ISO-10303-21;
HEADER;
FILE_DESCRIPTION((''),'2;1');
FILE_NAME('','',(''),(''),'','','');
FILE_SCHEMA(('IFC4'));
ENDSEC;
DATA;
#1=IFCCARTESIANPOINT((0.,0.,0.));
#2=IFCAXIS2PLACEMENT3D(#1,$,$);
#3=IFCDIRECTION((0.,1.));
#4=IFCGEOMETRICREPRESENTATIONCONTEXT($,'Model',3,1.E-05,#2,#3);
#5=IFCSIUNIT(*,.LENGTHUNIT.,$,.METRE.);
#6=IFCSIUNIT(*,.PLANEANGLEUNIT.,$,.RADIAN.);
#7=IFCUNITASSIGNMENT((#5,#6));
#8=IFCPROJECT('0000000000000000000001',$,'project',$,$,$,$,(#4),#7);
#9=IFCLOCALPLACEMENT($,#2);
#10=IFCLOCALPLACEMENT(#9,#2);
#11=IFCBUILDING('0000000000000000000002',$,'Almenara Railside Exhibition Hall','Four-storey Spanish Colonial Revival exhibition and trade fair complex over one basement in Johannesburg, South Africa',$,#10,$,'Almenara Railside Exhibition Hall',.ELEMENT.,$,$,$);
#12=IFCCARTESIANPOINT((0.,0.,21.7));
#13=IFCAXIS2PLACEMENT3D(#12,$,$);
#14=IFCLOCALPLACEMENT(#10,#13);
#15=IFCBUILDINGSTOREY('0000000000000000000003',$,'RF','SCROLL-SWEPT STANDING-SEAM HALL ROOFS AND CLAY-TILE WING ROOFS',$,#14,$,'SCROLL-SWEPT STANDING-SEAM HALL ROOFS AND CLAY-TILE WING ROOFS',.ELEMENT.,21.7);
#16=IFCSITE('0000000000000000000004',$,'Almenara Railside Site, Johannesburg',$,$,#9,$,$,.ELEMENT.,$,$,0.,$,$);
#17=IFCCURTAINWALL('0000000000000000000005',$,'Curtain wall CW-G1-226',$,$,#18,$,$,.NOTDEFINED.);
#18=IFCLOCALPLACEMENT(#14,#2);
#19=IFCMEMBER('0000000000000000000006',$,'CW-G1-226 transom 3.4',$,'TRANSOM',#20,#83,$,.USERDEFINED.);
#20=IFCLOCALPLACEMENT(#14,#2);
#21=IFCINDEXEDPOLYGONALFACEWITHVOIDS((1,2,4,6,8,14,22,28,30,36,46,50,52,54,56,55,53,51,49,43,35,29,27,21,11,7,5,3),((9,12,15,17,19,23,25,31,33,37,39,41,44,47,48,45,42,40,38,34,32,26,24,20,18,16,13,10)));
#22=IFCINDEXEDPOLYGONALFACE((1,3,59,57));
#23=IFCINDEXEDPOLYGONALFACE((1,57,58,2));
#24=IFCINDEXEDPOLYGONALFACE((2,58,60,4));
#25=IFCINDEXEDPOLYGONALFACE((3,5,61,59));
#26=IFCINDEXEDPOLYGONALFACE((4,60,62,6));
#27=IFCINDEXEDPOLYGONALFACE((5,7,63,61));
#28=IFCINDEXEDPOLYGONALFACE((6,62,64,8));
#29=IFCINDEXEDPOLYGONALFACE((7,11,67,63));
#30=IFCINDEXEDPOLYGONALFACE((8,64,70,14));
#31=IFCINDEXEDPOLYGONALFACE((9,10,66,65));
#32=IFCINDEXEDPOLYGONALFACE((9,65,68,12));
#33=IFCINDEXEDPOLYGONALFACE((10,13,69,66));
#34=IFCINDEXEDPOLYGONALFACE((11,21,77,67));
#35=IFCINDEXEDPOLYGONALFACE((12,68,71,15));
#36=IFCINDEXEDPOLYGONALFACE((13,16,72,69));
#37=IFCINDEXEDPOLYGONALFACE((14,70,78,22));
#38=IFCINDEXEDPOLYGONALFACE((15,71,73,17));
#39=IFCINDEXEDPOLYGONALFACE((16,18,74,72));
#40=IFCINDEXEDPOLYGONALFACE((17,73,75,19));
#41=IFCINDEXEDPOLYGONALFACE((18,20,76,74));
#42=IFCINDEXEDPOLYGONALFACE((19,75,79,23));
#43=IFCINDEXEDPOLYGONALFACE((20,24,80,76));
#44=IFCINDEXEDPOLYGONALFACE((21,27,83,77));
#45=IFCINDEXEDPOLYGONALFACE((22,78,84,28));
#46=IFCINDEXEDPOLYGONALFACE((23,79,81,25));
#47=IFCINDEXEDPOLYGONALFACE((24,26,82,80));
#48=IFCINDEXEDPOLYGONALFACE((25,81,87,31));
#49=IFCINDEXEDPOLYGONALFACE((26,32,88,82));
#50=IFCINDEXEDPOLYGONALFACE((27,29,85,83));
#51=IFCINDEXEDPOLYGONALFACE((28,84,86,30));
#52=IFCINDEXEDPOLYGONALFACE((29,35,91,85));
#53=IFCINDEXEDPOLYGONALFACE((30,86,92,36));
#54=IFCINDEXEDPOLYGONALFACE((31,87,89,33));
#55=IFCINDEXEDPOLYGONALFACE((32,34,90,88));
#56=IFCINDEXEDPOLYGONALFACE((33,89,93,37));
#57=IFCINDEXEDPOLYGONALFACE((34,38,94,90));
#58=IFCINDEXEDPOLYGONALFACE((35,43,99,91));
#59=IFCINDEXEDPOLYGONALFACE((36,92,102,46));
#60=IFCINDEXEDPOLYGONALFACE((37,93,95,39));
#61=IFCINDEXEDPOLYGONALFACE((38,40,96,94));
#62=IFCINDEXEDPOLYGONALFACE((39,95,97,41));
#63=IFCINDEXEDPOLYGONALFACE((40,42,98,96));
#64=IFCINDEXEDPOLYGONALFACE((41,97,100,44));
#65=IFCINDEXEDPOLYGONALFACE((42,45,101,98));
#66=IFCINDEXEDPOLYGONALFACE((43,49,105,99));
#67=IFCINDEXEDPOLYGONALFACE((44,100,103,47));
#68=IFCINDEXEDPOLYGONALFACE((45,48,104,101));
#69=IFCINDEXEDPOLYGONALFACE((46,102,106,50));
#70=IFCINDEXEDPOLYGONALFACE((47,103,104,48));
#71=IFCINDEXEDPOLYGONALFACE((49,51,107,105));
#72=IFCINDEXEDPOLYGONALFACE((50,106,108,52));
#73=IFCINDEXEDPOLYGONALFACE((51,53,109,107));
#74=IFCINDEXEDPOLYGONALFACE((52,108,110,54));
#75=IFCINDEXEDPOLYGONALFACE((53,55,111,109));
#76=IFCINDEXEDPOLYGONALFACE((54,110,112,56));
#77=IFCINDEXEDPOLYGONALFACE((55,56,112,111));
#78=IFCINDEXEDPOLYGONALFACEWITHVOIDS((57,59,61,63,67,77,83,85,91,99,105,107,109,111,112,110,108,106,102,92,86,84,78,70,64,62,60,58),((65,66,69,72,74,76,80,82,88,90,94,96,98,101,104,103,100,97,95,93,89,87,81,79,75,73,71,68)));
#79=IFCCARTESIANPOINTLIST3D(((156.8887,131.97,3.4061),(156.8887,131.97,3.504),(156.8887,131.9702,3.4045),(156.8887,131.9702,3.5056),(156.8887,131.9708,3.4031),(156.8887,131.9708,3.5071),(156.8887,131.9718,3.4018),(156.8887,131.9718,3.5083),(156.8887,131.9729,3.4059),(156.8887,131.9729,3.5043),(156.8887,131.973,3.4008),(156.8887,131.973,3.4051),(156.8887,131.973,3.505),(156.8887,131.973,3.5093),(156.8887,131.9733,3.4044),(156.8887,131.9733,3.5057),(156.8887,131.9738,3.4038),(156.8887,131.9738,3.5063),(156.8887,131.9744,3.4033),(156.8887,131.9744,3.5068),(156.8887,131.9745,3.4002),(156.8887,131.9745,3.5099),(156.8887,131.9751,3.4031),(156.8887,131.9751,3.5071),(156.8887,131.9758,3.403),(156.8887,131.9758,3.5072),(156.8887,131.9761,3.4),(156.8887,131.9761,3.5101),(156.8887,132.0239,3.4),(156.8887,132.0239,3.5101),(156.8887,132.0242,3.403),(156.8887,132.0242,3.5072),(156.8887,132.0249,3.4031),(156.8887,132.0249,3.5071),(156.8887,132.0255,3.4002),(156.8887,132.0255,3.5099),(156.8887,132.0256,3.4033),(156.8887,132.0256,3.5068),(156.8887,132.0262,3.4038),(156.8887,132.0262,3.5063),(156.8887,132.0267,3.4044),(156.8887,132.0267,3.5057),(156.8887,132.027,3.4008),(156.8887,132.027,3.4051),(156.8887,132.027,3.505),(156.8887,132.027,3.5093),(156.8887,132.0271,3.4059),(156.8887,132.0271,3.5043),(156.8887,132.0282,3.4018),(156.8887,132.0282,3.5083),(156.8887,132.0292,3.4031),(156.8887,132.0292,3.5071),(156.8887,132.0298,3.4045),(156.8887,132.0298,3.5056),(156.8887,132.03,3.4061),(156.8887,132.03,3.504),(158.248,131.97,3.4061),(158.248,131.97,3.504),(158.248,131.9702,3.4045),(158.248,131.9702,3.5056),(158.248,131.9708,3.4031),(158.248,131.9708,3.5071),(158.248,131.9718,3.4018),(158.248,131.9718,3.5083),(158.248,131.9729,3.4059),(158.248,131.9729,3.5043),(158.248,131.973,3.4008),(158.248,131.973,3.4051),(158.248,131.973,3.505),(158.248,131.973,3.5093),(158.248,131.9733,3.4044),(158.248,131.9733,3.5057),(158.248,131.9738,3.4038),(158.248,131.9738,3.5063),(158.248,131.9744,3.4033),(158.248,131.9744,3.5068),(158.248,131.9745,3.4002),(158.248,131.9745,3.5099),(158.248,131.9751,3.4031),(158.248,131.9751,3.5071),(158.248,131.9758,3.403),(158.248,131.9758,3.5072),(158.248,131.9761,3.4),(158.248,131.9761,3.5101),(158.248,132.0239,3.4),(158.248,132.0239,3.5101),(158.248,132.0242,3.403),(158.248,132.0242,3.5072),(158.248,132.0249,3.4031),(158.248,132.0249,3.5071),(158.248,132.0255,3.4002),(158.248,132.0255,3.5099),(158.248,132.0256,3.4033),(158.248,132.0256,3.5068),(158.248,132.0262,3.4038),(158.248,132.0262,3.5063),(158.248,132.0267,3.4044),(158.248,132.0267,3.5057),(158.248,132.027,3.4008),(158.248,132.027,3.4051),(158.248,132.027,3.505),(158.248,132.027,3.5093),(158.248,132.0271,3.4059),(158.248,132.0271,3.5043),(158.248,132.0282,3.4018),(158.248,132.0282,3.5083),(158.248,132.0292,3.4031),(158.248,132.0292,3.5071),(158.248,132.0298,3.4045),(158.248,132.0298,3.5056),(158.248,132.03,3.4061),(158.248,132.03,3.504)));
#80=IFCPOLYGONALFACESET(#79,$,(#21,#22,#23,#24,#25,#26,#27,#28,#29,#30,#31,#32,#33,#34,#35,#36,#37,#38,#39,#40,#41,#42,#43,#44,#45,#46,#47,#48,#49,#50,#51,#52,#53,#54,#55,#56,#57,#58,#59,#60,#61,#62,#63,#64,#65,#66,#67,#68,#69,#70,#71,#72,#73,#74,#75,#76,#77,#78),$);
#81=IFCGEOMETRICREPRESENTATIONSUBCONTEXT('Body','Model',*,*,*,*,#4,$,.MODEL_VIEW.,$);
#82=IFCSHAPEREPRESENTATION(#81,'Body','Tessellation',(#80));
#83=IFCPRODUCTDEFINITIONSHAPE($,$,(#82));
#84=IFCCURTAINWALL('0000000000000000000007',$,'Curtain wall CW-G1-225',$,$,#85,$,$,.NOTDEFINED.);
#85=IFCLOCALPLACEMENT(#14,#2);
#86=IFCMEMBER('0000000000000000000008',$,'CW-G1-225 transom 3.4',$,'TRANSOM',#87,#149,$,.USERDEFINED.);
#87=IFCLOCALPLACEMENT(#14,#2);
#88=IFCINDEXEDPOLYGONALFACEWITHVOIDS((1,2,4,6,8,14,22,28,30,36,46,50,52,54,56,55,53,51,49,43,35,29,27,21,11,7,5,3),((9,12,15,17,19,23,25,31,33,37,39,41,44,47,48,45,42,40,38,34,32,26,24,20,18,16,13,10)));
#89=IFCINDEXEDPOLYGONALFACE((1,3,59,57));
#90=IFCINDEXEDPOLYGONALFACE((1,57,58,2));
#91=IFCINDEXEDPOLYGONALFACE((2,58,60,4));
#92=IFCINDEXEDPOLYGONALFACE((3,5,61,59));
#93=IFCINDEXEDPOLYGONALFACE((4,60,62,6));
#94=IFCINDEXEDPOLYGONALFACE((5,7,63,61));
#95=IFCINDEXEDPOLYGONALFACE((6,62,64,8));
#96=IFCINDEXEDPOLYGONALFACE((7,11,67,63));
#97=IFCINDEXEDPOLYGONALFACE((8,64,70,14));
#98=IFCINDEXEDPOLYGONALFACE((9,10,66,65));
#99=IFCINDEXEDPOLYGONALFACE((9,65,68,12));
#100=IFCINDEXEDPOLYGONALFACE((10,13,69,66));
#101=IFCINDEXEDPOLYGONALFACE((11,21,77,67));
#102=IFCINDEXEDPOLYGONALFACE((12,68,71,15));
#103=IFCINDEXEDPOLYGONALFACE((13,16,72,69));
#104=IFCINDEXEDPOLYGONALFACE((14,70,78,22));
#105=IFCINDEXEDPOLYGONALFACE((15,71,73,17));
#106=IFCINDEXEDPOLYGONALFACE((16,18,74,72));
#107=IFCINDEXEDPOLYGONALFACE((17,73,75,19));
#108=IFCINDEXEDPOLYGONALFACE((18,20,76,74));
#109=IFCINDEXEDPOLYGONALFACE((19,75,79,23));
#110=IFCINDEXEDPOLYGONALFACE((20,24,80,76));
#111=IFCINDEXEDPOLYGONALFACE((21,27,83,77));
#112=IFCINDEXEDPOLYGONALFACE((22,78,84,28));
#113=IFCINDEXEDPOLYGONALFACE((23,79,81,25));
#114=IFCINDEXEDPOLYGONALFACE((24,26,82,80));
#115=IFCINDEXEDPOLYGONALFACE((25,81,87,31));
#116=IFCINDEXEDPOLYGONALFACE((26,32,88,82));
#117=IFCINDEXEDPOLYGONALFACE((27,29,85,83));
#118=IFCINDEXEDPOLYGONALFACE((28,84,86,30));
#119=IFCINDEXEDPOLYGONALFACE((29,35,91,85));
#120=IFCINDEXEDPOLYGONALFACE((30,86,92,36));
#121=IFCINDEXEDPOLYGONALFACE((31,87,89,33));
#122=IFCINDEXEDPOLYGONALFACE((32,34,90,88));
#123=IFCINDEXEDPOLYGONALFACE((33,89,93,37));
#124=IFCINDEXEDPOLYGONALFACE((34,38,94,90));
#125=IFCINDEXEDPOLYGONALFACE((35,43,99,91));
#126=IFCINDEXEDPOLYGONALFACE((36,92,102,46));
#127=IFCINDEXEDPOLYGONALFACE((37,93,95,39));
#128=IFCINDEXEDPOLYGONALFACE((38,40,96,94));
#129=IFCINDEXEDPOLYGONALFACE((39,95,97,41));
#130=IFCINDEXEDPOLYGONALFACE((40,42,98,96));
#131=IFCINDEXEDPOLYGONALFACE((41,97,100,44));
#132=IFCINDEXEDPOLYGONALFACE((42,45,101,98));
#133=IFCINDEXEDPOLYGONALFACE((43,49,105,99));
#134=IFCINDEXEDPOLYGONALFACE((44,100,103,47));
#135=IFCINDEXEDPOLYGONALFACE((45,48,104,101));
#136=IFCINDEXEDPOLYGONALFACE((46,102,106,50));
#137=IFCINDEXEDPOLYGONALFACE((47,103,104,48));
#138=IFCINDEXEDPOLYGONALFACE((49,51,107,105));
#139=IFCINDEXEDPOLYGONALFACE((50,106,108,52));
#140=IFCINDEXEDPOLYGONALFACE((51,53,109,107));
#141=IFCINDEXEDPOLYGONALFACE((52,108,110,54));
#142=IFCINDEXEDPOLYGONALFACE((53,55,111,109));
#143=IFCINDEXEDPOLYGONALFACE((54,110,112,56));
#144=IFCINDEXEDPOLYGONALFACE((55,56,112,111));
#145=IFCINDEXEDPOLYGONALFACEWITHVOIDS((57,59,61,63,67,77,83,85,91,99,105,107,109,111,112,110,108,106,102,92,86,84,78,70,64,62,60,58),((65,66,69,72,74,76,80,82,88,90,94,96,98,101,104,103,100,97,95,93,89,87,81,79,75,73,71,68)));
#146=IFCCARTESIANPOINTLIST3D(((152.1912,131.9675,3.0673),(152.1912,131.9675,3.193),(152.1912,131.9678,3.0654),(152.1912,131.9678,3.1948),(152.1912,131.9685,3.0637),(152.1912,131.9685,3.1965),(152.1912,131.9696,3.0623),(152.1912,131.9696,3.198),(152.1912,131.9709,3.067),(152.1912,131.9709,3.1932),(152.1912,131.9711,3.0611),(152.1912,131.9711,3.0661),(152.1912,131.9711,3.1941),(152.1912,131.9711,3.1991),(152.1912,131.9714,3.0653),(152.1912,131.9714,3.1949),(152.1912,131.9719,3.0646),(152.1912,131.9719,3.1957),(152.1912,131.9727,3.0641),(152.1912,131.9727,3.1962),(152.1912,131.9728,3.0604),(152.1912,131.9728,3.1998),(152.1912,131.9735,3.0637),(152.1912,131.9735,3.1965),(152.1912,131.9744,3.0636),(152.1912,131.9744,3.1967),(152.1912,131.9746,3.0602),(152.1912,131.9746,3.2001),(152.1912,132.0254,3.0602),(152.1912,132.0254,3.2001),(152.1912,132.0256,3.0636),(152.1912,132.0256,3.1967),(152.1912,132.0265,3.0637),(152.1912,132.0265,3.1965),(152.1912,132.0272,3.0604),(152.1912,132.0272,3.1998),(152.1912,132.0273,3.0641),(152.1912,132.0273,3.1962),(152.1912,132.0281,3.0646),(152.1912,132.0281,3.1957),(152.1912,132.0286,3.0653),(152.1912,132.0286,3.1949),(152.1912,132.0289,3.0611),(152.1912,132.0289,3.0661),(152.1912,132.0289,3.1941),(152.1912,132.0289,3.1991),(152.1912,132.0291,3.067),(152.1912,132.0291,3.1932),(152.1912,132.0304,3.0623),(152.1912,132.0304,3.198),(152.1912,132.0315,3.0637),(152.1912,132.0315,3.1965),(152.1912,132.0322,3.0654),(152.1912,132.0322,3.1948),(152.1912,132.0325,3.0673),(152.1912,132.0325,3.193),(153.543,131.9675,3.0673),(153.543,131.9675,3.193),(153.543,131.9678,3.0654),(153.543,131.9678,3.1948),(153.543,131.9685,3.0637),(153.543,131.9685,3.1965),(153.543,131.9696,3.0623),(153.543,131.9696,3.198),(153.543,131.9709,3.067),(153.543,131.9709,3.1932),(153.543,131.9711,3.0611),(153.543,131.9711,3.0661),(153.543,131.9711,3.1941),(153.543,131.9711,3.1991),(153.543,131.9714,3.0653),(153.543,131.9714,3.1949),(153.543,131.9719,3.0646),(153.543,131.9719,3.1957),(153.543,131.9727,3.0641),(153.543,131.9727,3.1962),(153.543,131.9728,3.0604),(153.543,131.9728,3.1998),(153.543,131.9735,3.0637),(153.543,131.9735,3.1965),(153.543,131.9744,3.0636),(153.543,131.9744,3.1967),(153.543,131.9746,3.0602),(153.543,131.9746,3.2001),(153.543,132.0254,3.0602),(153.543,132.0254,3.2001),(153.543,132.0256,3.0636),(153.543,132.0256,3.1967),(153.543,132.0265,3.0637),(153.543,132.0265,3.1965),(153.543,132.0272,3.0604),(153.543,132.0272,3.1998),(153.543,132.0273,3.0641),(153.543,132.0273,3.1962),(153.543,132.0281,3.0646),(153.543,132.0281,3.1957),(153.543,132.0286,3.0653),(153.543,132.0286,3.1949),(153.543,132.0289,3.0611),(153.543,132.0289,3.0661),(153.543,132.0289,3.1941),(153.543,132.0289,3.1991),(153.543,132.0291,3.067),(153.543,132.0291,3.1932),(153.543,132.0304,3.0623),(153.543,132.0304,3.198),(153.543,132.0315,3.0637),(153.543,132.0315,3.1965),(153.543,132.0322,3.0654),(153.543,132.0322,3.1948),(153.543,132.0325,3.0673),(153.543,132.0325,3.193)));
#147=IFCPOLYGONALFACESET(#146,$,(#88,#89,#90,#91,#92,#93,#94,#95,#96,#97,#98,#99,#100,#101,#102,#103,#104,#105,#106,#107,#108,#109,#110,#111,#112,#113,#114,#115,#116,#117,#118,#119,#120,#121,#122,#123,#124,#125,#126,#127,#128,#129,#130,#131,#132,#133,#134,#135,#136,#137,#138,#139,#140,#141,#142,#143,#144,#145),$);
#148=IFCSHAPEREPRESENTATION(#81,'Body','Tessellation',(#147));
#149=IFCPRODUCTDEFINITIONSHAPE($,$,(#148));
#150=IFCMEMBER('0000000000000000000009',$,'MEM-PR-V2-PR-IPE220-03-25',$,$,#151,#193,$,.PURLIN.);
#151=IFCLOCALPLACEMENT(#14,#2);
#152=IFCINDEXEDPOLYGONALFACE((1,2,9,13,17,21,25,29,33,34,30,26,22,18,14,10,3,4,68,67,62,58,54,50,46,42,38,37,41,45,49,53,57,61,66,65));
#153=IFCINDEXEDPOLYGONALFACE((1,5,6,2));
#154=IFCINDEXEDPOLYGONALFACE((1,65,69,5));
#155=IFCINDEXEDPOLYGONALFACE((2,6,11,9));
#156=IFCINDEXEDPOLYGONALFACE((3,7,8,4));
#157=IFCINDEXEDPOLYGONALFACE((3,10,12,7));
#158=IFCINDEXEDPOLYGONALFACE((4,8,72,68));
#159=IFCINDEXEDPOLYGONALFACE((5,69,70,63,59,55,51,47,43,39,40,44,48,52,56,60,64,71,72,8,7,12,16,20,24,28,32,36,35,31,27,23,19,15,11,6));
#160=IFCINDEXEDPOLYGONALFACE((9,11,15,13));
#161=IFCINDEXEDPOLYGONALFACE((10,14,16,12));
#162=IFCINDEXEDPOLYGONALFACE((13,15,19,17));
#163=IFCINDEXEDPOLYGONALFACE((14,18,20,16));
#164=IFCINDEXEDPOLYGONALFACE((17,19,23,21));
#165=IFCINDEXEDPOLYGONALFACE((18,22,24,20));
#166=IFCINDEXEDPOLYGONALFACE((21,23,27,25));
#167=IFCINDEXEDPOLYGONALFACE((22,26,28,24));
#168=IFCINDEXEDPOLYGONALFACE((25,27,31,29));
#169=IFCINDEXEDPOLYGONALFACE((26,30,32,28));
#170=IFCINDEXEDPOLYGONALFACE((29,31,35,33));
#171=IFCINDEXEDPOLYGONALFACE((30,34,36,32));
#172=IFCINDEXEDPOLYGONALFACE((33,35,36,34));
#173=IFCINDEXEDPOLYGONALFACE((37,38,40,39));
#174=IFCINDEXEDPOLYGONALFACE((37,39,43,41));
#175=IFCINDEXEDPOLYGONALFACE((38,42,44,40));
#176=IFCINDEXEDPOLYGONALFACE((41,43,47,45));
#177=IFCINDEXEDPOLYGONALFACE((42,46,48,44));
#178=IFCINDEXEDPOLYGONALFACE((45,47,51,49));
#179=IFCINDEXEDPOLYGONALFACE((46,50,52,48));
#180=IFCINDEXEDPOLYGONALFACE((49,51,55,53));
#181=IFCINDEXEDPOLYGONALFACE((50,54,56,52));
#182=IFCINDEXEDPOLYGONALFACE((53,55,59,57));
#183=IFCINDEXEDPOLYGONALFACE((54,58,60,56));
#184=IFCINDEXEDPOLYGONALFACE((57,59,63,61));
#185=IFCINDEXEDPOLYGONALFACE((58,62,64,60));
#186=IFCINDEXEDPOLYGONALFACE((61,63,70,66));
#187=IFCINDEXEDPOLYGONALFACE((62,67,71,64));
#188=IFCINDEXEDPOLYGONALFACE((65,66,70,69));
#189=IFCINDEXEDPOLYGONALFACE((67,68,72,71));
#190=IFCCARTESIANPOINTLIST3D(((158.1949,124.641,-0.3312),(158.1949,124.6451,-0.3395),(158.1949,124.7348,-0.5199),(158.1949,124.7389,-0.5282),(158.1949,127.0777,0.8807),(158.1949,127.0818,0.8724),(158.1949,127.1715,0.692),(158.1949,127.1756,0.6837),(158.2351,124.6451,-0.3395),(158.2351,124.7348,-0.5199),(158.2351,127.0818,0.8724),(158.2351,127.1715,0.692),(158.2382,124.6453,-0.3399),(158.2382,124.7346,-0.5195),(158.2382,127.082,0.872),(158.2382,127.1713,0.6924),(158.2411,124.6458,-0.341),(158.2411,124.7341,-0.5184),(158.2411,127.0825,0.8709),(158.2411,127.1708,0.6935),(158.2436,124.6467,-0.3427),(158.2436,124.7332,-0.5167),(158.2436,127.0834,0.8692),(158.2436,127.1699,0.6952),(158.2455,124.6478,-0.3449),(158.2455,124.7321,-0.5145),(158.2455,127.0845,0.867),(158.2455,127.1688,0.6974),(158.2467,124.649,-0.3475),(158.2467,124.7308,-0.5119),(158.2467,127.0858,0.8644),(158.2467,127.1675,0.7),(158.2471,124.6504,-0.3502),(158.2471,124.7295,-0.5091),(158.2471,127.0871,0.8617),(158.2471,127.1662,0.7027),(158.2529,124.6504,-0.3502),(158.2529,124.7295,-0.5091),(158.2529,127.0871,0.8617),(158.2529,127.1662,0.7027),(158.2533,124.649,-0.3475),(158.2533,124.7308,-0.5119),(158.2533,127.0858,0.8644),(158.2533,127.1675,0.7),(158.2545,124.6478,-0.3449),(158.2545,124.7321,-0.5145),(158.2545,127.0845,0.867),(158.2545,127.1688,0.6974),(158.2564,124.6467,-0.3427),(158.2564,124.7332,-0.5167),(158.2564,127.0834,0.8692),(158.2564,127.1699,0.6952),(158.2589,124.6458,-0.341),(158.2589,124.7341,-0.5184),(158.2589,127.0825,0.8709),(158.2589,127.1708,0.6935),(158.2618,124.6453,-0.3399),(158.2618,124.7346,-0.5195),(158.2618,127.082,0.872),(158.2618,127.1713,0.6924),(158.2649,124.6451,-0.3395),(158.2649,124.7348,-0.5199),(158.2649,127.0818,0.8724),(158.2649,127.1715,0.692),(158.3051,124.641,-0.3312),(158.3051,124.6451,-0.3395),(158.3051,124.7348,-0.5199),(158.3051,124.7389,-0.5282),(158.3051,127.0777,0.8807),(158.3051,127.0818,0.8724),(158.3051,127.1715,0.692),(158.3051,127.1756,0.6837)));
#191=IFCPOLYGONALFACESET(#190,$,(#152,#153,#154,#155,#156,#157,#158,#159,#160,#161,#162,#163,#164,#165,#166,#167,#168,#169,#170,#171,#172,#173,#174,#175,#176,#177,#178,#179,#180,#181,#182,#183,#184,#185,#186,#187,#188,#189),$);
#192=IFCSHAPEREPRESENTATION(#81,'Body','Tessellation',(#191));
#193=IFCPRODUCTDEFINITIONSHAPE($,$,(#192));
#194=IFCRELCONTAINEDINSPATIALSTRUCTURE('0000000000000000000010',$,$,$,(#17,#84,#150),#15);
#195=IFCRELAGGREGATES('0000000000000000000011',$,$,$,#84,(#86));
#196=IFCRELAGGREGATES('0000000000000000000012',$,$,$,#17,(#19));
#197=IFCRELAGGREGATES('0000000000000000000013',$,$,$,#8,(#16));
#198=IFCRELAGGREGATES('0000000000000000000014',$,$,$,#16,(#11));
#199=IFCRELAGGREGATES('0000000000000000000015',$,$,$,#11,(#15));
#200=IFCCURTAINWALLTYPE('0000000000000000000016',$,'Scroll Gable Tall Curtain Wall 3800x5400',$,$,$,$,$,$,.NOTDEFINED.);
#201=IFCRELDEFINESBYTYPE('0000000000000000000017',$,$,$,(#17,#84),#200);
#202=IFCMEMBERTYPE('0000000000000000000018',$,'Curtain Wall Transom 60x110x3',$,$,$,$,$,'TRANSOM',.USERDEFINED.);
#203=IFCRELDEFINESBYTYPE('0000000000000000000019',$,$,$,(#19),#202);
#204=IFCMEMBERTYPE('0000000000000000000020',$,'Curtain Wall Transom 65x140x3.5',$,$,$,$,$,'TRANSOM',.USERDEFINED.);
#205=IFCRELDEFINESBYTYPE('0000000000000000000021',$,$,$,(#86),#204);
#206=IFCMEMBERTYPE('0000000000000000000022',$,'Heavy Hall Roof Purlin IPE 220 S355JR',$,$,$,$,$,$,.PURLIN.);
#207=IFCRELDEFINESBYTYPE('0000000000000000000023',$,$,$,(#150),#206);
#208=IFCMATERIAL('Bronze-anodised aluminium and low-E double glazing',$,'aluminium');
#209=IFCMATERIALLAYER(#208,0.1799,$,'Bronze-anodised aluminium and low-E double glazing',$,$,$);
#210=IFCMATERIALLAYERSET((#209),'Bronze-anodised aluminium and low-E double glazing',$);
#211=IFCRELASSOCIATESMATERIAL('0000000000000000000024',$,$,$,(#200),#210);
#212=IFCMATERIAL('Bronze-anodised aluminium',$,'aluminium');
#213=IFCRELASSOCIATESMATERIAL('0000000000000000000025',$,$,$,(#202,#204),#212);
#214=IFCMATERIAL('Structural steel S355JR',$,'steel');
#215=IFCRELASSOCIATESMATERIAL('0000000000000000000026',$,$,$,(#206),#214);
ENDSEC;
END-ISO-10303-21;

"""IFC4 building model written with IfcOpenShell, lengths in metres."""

from ifc_helpers import new_model, si_unit, direction, frame, origin, origin_2d, place, context, subcontext, project, spatial, hollow_rectangle, i_section, extrude, material, layer, layer_set, material_profile, profile_set, type_object, element, aggregate, save


model = new_model("IFC4")

# Units and contexts
model_context = context("Model", 3, precision=1e-05, world=origin(), true_north=direction((0.0, 1.0)))
body_context = subcontext(model_context, "Body", "Model", "MODEL_VIEW")
ifc_project = project(units=[si_unit("LENGTHUNIT", "METRE"), si_unit("PLANEANGLEUNIT", "RADIAN")], contexts=[model_context])

# Site, building, storey
site_placement = place(None, origin())
site = spatial("IfcSite", under=ifc_project, at=site_placement, Name="Almenara Railside Site, Johannesburg", CompositionType="ELEMENT", RefElevation=0.0)
building_placement = place(site_placement, origin())
building = spatial("IfcBuilding", under=site, at=building_placement, Name="Almenara Railside Exhibition Hall", Description="Four-storey Spanish Colonial Revival exhibition and trade fair complex over one basement in Johannesburg, South Africa", LongName="Almenara Railside Exhibition Hall", CompositionType="ELEMENT")
storey_placement = place(building_placement, frame((0.0, 0.0, 21.7)))
storey = spatial("IfcBuildingStorey", under=building, at=storey_placement, Name="RF", Description="SCROLL-SWEPT STANDING-SEAM HALL ROOFS AND CLAY-TILE WING ROOFS", LongName="SCROLL-SWEPT STANDING-SEAM HALL ROOFS AND CLAY-TILE WING ROOFS", CompositionType="ELEMENT", Elevation=21.7)

# Shared definitions
ifc_material_1 = material(Name="Structural steel S355JR", Category="steel")

# Curtain wall, member
ifc_material_2 = material(Name="Bronze-anodised aluminium and low-E double glazing", Category="aluminium")
ifc_layer_1 = layer(ifc_material_2, 0.1799, Name="Bronze-anodised aluminium and low-E double glazing")
ifc_layer_set_1 = layer_set([ifc_layer_1], Name="Bronze-anodised aluminium and low-E double glazing")
curtain_wall_type = type_object("IfcCurtainWallType", Name="Scroll Gable Tall Curtain Wall 3800x5400", PredefinedType="NOTDEFINED", material=ifc_layer_set_1)
ifc_material_3 = material(Name="Bronze-anodised aluminium", Category="aluminium")
curtain_wall_1_placement = place(storey_placement, origin())
curtain_wall_1 = element("IfcCurtainWall", 1, at=curtain_wall_1_placement, inside=storey, type_object=curtain_wall_type, Name="Curtain wall CW-G1-226", PredefinedType="NOTDEFINED")
ifc_material_profile_1 = material_profile(ifc_material_3, hollow_rectangle(XDim=0.0601, YDim=0.1101, WallThickness=0.0029, InnerFilletRadius=0.0029, OuterFilletRadius=0.0061, at=origin_2d()), Name="ALU-TRN 60x110x3")
ifc_profile_set_1 = profile_set([ifc_material_profile_1], Name="Bronze-anodised aluminium")
member_type_1 = type_object("IfcMemberType", Name="Curtain Wall Transom 60x110x3", ElementType="TRANSOM", PredefinedType="USERDEFINED", material=ifc_profile_set_1)
member_1_placement = place(storey_placement, frame((156.8887, 132.0, 3.4551), z_axis=(1.0, 0.0, 0.0), x_axis=(0.0, 1.0, 0.0)))
member_1 = element("IfcMember", 2, at=member_1_placement, type_object=member_type_1, Name="CW-G1-226 transom 3.4", ObjectType="TRANSOM", PredefinedType="USERDEFINED", context=body_context, shape_type="SweptSolid", body=[
    extrude(hollow_rectangle(XDim=0.0601, YDim=0.1101, WallThickness=0.0029, InnerFilletRadius=0.0029, OuterFilletRadius=0.0061, at=origin_2d()), origin(), (0.0, 0.0, 1.0), 1.3594),
])

# Curtain wall, member
curtain_wall_2_placement = place(storey_placement, origin())
curtain_wall_2 = element("IfcCurtainWall", 3, at=curtain_wall_2_placement, inside=storey, type_object=curtain_wall_type, Name="Curtain wall CW-G1-225", PredefinedType="NOTDEFINED")
ifc_material_profile_2 = material_profile(ifc_material_3, hollow_rectangle(XDim=0.0649, YDim=0.1399, WallThickness=0.0034, InnerFilletRadius=0.0034, OuterFilletRadius=0.0071, at=origin_2d()), Name="ALU-TRN 65x140x3.5")
ifc_profile_set_2 = profile_set([ifc_material_profile_2], Name="Bronze-anodised aluminium")
member_type_2 = type_object("IfcMemberType", Name="Curtain Wall Transom 65x140x3.5", ElementType="TRANSOM", PredefinedType="USERDEFINED", material=ifc_profile_set_2)
member_2_placement = place(storey_placement, frame((152.1912, 132.0, 3.1301), z_axis=(1.0, 0.0, 0.0), x_axis=(0.0, 1.0, 0.0)))
member_2 = element("IfcMember", 4, at=member_2_placement, type_object=member_type_2, Name="CW-G1-225 transom 3.4", ObjectType="TRANSOM", PredefinedType="USERDEFINED", context=body_context, shape_type="SweptSolid", body=[
    extrude(hollow_rectangle(XDim=0.0649, YDim=0.1399, WallThickness=0.0034, InnerFilletRadius=0.0034, OuterFilletRadius=0.0071, at=origin_2d()), origin(), (0.0, 0.0, 1.0), 1.3518),
])
aggregate(curtain_wall_2, [member_2])

# Member
ifc_material_profile_3 = material_profile(ifc_material_1, i_section(OverallWidth=0.1101, OverallDepth=0.22, WebThickness=0.0059, FlangeThickness=0.0093, FilletRadius=0.012, at=origin_2d()), Name="IPE 220")
ifc_profile_set_3 = profile_set([ifc_material_profile_3], Name="Structural steel S355JR")
member_type_3 = type_object("IfcMemberType", Name="Heavy Hall Roof Purlin IPE 220 S355JR", PredefinedType="PURLIN", material=ifc_profile_set_3)
member_3_placement = place(storey_placement, frame((158.25, 124.6899, -0.4297), z_axis=(0.0, 0.895376, 0.445311), x_axis=(-1.0, 0.0, 0.0)))
element("IfcMember", 5, at=member_3_placement, inside=storey, type_object=member_type_3, Name="MEM-PR-V2-PR-IPE220-03-25", PredefinedType="PURLIN", context=body_context, shape_type="SweptSolid", body=[
    extrude(i_section(OverallWidth=0.1101, OverallDepth=0.22, WebThickness=0.0059, FlangeThickness=0.0093, FilletRadius=0.012, at=origin_2d()), origin(), (0.0, 0.0, 1.0), 2.7214),
])

aggregate(curtain_wall_1, [member_1])

save(model, "model.ifc")
